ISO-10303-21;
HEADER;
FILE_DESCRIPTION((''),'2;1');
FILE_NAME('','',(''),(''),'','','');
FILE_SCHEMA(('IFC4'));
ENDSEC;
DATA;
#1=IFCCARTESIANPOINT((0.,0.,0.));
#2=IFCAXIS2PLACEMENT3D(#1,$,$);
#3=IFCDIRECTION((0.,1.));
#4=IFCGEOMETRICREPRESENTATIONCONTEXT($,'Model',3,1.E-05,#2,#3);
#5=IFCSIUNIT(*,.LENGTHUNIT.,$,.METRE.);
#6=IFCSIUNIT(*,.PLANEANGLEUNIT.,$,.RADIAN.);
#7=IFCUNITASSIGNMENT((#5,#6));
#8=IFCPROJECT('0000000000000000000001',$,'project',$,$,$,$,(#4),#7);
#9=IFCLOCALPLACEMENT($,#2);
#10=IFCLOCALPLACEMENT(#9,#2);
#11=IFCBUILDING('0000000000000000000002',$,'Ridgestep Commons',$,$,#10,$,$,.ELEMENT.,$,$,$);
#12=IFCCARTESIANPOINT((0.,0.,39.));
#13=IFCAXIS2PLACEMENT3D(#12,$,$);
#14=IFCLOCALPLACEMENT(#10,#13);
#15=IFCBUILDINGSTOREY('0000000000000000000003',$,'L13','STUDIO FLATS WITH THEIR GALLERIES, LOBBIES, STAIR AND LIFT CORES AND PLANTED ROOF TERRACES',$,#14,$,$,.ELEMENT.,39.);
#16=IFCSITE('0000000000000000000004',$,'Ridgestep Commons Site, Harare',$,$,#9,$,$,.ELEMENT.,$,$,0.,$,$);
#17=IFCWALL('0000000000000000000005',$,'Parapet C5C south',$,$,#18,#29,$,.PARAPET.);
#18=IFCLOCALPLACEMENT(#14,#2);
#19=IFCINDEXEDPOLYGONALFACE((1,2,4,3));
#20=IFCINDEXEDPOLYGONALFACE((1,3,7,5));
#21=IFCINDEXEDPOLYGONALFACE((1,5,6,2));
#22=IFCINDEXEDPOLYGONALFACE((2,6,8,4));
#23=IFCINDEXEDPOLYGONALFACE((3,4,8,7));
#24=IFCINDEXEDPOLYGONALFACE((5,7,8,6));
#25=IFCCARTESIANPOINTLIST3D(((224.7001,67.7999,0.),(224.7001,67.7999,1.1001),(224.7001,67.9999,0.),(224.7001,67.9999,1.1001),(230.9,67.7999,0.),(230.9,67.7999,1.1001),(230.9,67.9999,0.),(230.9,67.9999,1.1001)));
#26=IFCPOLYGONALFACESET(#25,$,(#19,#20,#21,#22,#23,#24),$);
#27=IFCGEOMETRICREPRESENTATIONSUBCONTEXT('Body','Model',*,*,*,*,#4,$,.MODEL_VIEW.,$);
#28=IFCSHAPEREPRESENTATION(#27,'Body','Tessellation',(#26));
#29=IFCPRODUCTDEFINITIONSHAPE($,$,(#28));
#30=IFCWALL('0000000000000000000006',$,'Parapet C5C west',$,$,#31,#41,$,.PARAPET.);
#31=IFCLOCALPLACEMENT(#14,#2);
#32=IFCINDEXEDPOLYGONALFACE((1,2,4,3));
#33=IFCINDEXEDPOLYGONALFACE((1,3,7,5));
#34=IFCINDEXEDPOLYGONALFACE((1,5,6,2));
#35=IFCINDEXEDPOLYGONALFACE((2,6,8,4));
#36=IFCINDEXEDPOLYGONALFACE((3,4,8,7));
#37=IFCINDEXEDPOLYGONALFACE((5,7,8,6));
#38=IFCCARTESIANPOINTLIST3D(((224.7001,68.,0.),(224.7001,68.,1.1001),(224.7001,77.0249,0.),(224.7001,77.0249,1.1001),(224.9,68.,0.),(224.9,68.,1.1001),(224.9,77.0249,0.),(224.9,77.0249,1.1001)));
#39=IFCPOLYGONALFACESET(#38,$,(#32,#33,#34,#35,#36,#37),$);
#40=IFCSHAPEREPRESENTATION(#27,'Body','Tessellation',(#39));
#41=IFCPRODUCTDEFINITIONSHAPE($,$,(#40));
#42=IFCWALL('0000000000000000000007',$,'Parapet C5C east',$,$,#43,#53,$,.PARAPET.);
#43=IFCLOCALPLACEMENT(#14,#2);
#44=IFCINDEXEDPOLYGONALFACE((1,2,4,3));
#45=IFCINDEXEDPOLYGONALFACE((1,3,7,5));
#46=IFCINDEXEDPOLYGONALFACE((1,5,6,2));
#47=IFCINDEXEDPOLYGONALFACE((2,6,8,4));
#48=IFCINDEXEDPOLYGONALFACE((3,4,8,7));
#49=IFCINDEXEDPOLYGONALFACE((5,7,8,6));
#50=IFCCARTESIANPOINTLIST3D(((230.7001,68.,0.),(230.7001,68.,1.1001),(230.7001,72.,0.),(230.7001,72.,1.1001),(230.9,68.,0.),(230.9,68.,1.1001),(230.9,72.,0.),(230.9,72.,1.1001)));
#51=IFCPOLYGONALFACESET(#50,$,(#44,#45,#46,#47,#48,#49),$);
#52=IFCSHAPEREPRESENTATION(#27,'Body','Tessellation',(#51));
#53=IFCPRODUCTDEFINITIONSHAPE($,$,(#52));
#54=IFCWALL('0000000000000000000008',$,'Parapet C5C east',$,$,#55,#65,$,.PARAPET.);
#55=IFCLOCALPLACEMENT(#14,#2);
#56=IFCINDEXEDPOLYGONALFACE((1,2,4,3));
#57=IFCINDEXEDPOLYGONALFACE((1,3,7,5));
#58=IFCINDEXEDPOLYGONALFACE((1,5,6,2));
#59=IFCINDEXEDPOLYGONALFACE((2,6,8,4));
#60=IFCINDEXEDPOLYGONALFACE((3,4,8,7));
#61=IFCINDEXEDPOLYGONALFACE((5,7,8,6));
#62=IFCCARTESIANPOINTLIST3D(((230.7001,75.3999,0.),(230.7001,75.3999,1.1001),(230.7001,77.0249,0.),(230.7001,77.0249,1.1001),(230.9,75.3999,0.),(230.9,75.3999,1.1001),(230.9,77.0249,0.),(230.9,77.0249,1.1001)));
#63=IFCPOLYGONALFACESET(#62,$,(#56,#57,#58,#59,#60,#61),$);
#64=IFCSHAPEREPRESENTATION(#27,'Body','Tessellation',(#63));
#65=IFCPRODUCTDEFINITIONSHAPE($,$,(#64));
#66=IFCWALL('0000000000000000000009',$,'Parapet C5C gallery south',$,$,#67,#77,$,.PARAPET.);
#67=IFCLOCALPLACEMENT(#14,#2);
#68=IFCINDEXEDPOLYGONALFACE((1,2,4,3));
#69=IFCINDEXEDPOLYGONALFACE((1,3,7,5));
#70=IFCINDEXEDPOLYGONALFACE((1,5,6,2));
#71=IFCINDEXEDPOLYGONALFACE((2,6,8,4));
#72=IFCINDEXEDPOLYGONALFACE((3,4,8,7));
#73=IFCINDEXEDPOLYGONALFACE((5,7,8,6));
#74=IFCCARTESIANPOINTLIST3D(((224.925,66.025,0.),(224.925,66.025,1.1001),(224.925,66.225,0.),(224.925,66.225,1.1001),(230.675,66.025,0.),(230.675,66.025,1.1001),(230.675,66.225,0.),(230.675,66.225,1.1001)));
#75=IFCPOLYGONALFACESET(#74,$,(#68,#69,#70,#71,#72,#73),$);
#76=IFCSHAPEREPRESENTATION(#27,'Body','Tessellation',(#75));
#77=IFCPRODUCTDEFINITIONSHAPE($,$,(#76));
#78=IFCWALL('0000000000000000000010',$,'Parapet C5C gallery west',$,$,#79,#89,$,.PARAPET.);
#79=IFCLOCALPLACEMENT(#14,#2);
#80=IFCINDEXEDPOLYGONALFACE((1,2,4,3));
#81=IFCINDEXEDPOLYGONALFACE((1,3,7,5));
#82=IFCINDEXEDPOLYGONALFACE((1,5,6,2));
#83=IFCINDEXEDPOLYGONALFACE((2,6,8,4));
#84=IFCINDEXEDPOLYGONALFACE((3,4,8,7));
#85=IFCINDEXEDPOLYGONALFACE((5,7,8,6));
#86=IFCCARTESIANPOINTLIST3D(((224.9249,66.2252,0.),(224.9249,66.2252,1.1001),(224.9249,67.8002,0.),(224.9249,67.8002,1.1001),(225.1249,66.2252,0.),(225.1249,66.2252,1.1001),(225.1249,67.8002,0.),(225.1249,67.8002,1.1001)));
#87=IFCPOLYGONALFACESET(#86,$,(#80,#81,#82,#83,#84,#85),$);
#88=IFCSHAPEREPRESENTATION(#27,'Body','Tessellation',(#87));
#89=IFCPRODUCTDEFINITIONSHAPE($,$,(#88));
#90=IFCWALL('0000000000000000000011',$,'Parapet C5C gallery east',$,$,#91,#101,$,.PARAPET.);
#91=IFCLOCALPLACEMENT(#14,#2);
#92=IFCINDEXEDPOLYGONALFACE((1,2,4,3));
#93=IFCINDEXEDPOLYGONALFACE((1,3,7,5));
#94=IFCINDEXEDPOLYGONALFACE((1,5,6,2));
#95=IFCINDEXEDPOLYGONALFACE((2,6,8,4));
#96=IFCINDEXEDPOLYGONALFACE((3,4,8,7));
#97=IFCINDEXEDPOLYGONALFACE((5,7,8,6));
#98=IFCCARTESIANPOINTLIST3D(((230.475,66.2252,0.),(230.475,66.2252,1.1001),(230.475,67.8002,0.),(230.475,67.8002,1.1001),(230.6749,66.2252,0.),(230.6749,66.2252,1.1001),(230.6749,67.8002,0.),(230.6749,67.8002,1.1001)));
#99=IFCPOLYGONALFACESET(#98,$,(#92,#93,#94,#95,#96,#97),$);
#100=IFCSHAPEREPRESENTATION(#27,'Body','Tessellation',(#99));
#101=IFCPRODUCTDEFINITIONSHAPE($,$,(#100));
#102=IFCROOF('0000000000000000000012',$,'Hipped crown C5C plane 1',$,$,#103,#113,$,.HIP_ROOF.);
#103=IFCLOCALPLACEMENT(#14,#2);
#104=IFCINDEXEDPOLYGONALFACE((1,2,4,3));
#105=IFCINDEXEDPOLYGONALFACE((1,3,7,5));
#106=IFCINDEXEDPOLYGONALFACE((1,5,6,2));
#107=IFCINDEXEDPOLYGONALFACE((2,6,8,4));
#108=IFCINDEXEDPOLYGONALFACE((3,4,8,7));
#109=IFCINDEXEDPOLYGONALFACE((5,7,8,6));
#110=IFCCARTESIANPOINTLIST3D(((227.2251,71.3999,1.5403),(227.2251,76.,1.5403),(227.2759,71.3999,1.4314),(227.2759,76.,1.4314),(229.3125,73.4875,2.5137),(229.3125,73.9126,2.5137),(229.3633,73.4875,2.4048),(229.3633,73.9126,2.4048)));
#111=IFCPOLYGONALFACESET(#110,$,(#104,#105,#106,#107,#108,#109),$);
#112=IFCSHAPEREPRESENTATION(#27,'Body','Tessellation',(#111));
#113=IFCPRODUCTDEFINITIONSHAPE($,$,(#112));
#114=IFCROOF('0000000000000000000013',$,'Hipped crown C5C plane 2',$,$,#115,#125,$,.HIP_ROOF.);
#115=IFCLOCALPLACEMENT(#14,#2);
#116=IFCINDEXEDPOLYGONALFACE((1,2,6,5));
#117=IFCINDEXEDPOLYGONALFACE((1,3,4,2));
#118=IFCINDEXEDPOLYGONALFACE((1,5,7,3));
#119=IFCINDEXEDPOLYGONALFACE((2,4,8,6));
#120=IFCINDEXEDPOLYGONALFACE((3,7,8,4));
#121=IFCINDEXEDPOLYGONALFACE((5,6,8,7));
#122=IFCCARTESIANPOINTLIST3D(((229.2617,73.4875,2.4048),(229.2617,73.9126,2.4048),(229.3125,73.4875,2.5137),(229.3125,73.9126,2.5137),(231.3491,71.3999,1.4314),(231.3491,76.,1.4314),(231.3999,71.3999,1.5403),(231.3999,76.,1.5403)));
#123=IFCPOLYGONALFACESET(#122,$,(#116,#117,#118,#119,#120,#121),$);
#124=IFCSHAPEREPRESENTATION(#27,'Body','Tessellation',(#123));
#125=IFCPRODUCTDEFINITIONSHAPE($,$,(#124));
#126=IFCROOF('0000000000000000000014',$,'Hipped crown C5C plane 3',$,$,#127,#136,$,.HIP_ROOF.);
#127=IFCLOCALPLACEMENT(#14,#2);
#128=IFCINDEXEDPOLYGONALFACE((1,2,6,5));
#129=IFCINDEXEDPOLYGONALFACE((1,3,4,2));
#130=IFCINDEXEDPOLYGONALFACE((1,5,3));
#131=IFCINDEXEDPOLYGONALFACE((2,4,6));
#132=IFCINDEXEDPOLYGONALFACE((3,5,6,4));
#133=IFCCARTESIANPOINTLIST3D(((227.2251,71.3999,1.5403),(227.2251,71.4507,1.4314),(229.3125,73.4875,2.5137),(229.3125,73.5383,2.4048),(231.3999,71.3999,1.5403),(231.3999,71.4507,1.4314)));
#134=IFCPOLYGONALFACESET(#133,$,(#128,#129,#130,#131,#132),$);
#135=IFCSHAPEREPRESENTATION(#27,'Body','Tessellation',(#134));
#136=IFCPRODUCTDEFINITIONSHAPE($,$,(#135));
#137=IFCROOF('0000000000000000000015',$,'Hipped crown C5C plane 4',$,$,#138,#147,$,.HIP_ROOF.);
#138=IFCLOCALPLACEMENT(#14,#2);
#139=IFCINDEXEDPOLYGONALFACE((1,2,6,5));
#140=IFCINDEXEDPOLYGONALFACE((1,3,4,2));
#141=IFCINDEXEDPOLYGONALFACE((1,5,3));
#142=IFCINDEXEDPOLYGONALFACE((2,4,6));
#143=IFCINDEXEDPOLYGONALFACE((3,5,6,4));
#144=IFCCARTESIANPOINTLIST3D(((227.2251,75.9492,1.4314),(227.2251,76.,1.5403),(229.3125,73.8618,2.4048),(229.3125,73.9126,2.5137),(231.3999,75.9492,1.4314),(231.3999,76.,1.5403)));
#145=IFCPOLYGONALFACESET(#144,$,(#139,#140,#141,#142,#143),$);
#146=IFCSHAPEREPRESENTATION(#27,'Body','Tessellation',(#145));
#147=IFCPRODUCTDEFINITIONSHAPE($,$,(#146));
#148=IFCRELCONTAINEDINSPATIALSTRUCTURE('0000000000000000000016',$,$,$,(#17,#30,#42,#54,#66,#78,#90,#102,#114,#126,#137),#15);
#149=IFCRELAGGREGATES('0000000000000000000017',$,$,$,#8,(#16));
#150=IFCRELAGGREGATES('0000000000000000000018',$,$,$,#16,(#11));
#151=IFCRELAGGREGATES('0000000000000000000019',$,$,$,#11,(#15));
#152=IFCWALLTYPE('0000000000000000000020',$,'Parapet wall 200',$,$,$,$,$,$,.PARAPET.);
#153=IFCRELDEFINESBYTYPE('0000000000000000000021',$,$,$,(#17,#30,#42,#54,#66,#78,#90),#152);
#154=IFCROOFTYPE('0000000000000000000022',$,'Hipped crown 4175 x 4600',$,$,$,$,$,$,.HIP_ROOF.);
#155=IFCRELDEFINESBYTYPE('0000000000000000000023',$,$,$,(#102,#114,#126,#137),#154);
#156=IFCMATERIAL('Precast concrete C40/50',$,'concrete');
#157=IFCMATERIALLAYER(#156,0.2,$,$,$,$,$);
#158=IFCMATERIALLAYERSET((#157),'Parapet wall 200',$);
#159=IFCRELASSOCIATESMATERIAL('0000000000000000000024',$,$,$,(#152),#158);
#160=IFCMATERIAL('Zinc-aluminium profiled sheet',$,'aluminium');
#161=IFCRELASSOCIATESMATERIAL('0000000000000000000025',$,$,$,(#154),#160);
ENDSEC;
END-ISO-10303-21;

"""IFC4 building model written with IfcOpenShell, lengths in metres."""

from ifc_helpers import new_model, si_unit, direction, frame, frame_2d, origin, place, context, subcontext, project, spatial, polyline, rectangle, outline, extrude, material, layer, layer_set, type_object, element, save


model = new_model("IFC4")

# Units and contexts
model_context = context("Model", 3, precision=1e-05, world=origin(), true_north=direction((0.0, 1.0)))
body_context = subcontext(model_context, "Body", "Model", "MODEL_VIEW")
ifc_project = project(units=[si_unit("LENGTHUNIT", "METRE"), si_unit("PLANEANGLEUNIT", "RADIAN")], contexts=[model_context])

# Site, building, storey
site_placement = place(None, origin())
site = spatial("IfcSite", under=ifc_project, at=site_placement, Name="Ridgestep Commons Site, Harare", CompositionType="ELEMENT", RefElevation=0.0)
building_placement = place(site_placement, origin())
building = spatial("IfcBuilding", under=site, at=building_placement, Name="Ridgestep Commons", CompositionType="ELEMENT")
storey_placement = place(building_placement, frame((0.0, 0.0, 39.0)))
storey = spatial("IfcBuildingStorey", under=building, at=storey_placement, Name="L13", Description="STUDIO FLATS WITH THEIR GALLERIES, LOBBIES, STAIR AND LIFT CORES AND PLANTED ROOF TERRACES", CompositionType="ELEMENT", Elevation=39.0)

# Walls
ifc_material_1 = material(Name="Precast concrete C40/50", Category="concrete")
ifc_layer_1 = layer(ifc_material_1, 0.2)
ifc_layer_set_1 = layer_set([ifc_layer_1], Name="Parapet wall 200")
wall_type_1 = type_object("IfcWallType", Name="Parapet wall 200", PredefinedType="PARAPET", material=ifc_layer_set_1)
for number, where, z_axis, x_axis, name in (
    (1, (224.7, 67.8999, 0.0), (0.0, 0.0, 1.0), (1.0, 0.0, 0.0), "Parapet C5C south"),
):
    element("IfcWall", number, at=place(storey_placement, frame(where, z_axis=z_axis, x_axis=x_axis)), inside=storey, type_object=wall_type_1, Name=name, PredefinedType="PARAPET", context=body_context, shape_type="SweptSolid", body=[
        extrude(rectangle(XDim=6.2, YDim=0.2, at=frame_2d((3.1001, 0.0))), origin(), (0.0, 0.0, 1.0), 1.1001),
    ])
wall_1_placement = place(storey_placement, frame((224.8, 68.0, 0.0), z_axis=(0.0, 0.0, 1.0), x_axis=(0.0, 1.0, 0.0)))
element("IfcWall", 2, at=wall_1_placement, inside=storey, type_object=wall_type_1, Name="Parapet C5C west", PredefinedType="PARAPET", context=body_context, shape_type="SweptSolid", body=[
    extrude(rectangle(XDim=9.0249, YDim=0.2, at=frame_2d((4.5125, 0.0))), origin(), (0.0, 0.0, 1.0), 1.1001),
])
wall_2_placement = place(storey_placement, frame((230.8, 68.0, 0.0), z_axis=(0.0, 0.0, 1.0), x_axis=(0.0, 1.0, 0.0)))
element("IfcWall", 3, at=wall_2_placement, inside=storey, type_object=wall_type_1, Name="Parapet C5C east", PredefinedType="PARAPET", context=body_context, shape_type="SweptSolid", body=[
    extrude(rectangle(XDim=4.0, YDim=0.2, at=frame_2d((2.0, 0.0))), origin(), (0.0, 0.0, 1.0), 1.1001),
])
wall_3_placement = place(storey_placement, frame((230.8, 75.3999, 0.0), z_axis=(0.0, 0.0, 1.0), x_axis=(0.0, 1.0, 0.0)))
element("IfcWall", 4, at=wall_3_placement, inside=storey, type_object=wall_type_1, Name="Parapet C5C east", PredefinedType="PARAPET", context=body_context, shape_type="SweptSolid", body=[
    extrude(rectangle(XDim=1.625, YDim=0.2, at=frame_2d((0.8125, 0.0))), origin(), (0.0, 0.0, 1.0), 1.1001),
])
wall_4_placement = place(storey_placement, frame((224.925, 66.125, 0.0), z_axis=(0.0, 0.0, 1.0), x_axis=(1.0, 0.0, 0.0)))
element("IfcWall", 5, at=wall_4_placement, inside=storey, type_object=wall_type_1, Name="Parapet C5C gallery south", PredefinedType="PARAPET", context=body_context, shape_type="SweptSolid", body=[
    extrude(rectangle(XDim=5.75, YDim=0.2, at=frame_2d((2.875, 0.0))), origin(), (0.0, 0.0, 1.0), 1.1001),
])
for number, where, z_axis, x_axis, name in (
    (6, (225.0249, 66.2251, 0.0), (0.0, 0.0, 1.0), (0.0, 1.0, 0.0), "Parapet C5C gallery west"),
    (7, (230.575, 66.2251, 0.0), (0.0, 0.0, 1.0), (0.0, 1.0, 0.0), "Parapet C5C gallery east"),
):
    element("IfcWall", number, at=place(storey_placement, frame(where, z_axis=z_axis, x_axis=x_axis)), inside=storey, type_object=wall_type_1, Name=name, PredefinedType="PARAPET", context=body_context, shape_type="SweptSolid", body=[
        extrude(rectangle(XDim=1.575, YDim=0.2, at=frame_2d((0.7876, 0.0))), origin(), (0.0, 0.0, 1.0), 1.1001),
    ])

# Roofs
ifc_material_2 = material(Name="Zinc-aluminium profiled sheet", Category="aluminium")
roof_type = type_object("IfcRoofType", Name="Hipped crown 4175 x 4600", PredefinedType="HIP_ROOF", material=ifc_material_2)
roof_1_placement = place(storey_placement, frame((227.2251, 71.3999, 1.5403), z_axis=(-0.422624, 0.0, 0.906305), x_axis=(0.0, 1.0, 0.0)))
element("IfcRoof", 8, at=roof_1_placement, inside=storey, type_object=roof_type, Name="Hipped crown C5C plane 1", PredefinedType="HIP_ROOF", context=body_context, shape_type="SweptSolid", body=[
    extrude(outline(polyline([(0.0, 0.0), (4.6001, 0.0), (2.5127, -2.3032), (2.0876, -2.3032), (0.0, 0.0)])), origin(), (0.0, 0.0, -1.0), 0.1201),
])
roof_2_placement = place(storey_placement, frame((231.3999, 76.0, 1.5403), z_axis=(0.422624, 0.0, 0.906305), x_axis=(0.0, -1.0, 0.0)))
element("IfcRoof", 9, at=roof_2_placement, inside=storey, type_object=roof_type, Name="Hipped crown C5C plane 2", PredefinedType="HIP_ROOF", context=body_context, shape_type="SweptSolid", body=[
    extrude(outline(polyline([(0.0, 0.0), (4.6001, 0.0), (2.5125, -2.3032), (2.0874, -2.3032), (0.0, 0.0)])), origin(), (0.0, 0.0, -1.0), 0.1201),
])
roof_3_placement = place(storey_placement, frame((231.3999, 71.3999, 1.5403), z_axis=(0.0, -0.422584, 0.906324), x_axis=(-1.0, 0.0, 0.0)))
element("IfcRoof", 10, at=roof_3_placement, inside=storey, type_object=roof_type, Name="Hipped crown C5C plane 3", PredefinedType="HIP_ROOF", context=body_context, shape_type="SweptSolid", body=[
    extrude(outline(polyline([(0.0, 0.0), (4.1748, 0.0), (2.0874, -2.3034), (0.0, 0.0)])), origin(), (0.0, 0.0, -1.0), 0.1201),
])
roof_4_placement = place(storey_placement, frame((227.2251, 76.0, 1.5403), z_axis=(0.0, 0.422624, 0.906305), x_axis=(1.0, 0.0, 0.0)))
element("IfcRoof", 11, at=roof_4_placement, inside=storey, type_object=roof_type, Name="Hipped crown C5C plane 4", PredefinedType="HIP_ROOF", context=body_context, shape_type="SweptSolid", body=[
    extrude(outline(polyline([(0.0, 0.0), (4.1748, 0.0), (2.0874, -2.3032), (0.0, 0.0)])), origin(), (0.0, 0.0, -1.0), 0.1201),
])

save(model, "model.ifc")
